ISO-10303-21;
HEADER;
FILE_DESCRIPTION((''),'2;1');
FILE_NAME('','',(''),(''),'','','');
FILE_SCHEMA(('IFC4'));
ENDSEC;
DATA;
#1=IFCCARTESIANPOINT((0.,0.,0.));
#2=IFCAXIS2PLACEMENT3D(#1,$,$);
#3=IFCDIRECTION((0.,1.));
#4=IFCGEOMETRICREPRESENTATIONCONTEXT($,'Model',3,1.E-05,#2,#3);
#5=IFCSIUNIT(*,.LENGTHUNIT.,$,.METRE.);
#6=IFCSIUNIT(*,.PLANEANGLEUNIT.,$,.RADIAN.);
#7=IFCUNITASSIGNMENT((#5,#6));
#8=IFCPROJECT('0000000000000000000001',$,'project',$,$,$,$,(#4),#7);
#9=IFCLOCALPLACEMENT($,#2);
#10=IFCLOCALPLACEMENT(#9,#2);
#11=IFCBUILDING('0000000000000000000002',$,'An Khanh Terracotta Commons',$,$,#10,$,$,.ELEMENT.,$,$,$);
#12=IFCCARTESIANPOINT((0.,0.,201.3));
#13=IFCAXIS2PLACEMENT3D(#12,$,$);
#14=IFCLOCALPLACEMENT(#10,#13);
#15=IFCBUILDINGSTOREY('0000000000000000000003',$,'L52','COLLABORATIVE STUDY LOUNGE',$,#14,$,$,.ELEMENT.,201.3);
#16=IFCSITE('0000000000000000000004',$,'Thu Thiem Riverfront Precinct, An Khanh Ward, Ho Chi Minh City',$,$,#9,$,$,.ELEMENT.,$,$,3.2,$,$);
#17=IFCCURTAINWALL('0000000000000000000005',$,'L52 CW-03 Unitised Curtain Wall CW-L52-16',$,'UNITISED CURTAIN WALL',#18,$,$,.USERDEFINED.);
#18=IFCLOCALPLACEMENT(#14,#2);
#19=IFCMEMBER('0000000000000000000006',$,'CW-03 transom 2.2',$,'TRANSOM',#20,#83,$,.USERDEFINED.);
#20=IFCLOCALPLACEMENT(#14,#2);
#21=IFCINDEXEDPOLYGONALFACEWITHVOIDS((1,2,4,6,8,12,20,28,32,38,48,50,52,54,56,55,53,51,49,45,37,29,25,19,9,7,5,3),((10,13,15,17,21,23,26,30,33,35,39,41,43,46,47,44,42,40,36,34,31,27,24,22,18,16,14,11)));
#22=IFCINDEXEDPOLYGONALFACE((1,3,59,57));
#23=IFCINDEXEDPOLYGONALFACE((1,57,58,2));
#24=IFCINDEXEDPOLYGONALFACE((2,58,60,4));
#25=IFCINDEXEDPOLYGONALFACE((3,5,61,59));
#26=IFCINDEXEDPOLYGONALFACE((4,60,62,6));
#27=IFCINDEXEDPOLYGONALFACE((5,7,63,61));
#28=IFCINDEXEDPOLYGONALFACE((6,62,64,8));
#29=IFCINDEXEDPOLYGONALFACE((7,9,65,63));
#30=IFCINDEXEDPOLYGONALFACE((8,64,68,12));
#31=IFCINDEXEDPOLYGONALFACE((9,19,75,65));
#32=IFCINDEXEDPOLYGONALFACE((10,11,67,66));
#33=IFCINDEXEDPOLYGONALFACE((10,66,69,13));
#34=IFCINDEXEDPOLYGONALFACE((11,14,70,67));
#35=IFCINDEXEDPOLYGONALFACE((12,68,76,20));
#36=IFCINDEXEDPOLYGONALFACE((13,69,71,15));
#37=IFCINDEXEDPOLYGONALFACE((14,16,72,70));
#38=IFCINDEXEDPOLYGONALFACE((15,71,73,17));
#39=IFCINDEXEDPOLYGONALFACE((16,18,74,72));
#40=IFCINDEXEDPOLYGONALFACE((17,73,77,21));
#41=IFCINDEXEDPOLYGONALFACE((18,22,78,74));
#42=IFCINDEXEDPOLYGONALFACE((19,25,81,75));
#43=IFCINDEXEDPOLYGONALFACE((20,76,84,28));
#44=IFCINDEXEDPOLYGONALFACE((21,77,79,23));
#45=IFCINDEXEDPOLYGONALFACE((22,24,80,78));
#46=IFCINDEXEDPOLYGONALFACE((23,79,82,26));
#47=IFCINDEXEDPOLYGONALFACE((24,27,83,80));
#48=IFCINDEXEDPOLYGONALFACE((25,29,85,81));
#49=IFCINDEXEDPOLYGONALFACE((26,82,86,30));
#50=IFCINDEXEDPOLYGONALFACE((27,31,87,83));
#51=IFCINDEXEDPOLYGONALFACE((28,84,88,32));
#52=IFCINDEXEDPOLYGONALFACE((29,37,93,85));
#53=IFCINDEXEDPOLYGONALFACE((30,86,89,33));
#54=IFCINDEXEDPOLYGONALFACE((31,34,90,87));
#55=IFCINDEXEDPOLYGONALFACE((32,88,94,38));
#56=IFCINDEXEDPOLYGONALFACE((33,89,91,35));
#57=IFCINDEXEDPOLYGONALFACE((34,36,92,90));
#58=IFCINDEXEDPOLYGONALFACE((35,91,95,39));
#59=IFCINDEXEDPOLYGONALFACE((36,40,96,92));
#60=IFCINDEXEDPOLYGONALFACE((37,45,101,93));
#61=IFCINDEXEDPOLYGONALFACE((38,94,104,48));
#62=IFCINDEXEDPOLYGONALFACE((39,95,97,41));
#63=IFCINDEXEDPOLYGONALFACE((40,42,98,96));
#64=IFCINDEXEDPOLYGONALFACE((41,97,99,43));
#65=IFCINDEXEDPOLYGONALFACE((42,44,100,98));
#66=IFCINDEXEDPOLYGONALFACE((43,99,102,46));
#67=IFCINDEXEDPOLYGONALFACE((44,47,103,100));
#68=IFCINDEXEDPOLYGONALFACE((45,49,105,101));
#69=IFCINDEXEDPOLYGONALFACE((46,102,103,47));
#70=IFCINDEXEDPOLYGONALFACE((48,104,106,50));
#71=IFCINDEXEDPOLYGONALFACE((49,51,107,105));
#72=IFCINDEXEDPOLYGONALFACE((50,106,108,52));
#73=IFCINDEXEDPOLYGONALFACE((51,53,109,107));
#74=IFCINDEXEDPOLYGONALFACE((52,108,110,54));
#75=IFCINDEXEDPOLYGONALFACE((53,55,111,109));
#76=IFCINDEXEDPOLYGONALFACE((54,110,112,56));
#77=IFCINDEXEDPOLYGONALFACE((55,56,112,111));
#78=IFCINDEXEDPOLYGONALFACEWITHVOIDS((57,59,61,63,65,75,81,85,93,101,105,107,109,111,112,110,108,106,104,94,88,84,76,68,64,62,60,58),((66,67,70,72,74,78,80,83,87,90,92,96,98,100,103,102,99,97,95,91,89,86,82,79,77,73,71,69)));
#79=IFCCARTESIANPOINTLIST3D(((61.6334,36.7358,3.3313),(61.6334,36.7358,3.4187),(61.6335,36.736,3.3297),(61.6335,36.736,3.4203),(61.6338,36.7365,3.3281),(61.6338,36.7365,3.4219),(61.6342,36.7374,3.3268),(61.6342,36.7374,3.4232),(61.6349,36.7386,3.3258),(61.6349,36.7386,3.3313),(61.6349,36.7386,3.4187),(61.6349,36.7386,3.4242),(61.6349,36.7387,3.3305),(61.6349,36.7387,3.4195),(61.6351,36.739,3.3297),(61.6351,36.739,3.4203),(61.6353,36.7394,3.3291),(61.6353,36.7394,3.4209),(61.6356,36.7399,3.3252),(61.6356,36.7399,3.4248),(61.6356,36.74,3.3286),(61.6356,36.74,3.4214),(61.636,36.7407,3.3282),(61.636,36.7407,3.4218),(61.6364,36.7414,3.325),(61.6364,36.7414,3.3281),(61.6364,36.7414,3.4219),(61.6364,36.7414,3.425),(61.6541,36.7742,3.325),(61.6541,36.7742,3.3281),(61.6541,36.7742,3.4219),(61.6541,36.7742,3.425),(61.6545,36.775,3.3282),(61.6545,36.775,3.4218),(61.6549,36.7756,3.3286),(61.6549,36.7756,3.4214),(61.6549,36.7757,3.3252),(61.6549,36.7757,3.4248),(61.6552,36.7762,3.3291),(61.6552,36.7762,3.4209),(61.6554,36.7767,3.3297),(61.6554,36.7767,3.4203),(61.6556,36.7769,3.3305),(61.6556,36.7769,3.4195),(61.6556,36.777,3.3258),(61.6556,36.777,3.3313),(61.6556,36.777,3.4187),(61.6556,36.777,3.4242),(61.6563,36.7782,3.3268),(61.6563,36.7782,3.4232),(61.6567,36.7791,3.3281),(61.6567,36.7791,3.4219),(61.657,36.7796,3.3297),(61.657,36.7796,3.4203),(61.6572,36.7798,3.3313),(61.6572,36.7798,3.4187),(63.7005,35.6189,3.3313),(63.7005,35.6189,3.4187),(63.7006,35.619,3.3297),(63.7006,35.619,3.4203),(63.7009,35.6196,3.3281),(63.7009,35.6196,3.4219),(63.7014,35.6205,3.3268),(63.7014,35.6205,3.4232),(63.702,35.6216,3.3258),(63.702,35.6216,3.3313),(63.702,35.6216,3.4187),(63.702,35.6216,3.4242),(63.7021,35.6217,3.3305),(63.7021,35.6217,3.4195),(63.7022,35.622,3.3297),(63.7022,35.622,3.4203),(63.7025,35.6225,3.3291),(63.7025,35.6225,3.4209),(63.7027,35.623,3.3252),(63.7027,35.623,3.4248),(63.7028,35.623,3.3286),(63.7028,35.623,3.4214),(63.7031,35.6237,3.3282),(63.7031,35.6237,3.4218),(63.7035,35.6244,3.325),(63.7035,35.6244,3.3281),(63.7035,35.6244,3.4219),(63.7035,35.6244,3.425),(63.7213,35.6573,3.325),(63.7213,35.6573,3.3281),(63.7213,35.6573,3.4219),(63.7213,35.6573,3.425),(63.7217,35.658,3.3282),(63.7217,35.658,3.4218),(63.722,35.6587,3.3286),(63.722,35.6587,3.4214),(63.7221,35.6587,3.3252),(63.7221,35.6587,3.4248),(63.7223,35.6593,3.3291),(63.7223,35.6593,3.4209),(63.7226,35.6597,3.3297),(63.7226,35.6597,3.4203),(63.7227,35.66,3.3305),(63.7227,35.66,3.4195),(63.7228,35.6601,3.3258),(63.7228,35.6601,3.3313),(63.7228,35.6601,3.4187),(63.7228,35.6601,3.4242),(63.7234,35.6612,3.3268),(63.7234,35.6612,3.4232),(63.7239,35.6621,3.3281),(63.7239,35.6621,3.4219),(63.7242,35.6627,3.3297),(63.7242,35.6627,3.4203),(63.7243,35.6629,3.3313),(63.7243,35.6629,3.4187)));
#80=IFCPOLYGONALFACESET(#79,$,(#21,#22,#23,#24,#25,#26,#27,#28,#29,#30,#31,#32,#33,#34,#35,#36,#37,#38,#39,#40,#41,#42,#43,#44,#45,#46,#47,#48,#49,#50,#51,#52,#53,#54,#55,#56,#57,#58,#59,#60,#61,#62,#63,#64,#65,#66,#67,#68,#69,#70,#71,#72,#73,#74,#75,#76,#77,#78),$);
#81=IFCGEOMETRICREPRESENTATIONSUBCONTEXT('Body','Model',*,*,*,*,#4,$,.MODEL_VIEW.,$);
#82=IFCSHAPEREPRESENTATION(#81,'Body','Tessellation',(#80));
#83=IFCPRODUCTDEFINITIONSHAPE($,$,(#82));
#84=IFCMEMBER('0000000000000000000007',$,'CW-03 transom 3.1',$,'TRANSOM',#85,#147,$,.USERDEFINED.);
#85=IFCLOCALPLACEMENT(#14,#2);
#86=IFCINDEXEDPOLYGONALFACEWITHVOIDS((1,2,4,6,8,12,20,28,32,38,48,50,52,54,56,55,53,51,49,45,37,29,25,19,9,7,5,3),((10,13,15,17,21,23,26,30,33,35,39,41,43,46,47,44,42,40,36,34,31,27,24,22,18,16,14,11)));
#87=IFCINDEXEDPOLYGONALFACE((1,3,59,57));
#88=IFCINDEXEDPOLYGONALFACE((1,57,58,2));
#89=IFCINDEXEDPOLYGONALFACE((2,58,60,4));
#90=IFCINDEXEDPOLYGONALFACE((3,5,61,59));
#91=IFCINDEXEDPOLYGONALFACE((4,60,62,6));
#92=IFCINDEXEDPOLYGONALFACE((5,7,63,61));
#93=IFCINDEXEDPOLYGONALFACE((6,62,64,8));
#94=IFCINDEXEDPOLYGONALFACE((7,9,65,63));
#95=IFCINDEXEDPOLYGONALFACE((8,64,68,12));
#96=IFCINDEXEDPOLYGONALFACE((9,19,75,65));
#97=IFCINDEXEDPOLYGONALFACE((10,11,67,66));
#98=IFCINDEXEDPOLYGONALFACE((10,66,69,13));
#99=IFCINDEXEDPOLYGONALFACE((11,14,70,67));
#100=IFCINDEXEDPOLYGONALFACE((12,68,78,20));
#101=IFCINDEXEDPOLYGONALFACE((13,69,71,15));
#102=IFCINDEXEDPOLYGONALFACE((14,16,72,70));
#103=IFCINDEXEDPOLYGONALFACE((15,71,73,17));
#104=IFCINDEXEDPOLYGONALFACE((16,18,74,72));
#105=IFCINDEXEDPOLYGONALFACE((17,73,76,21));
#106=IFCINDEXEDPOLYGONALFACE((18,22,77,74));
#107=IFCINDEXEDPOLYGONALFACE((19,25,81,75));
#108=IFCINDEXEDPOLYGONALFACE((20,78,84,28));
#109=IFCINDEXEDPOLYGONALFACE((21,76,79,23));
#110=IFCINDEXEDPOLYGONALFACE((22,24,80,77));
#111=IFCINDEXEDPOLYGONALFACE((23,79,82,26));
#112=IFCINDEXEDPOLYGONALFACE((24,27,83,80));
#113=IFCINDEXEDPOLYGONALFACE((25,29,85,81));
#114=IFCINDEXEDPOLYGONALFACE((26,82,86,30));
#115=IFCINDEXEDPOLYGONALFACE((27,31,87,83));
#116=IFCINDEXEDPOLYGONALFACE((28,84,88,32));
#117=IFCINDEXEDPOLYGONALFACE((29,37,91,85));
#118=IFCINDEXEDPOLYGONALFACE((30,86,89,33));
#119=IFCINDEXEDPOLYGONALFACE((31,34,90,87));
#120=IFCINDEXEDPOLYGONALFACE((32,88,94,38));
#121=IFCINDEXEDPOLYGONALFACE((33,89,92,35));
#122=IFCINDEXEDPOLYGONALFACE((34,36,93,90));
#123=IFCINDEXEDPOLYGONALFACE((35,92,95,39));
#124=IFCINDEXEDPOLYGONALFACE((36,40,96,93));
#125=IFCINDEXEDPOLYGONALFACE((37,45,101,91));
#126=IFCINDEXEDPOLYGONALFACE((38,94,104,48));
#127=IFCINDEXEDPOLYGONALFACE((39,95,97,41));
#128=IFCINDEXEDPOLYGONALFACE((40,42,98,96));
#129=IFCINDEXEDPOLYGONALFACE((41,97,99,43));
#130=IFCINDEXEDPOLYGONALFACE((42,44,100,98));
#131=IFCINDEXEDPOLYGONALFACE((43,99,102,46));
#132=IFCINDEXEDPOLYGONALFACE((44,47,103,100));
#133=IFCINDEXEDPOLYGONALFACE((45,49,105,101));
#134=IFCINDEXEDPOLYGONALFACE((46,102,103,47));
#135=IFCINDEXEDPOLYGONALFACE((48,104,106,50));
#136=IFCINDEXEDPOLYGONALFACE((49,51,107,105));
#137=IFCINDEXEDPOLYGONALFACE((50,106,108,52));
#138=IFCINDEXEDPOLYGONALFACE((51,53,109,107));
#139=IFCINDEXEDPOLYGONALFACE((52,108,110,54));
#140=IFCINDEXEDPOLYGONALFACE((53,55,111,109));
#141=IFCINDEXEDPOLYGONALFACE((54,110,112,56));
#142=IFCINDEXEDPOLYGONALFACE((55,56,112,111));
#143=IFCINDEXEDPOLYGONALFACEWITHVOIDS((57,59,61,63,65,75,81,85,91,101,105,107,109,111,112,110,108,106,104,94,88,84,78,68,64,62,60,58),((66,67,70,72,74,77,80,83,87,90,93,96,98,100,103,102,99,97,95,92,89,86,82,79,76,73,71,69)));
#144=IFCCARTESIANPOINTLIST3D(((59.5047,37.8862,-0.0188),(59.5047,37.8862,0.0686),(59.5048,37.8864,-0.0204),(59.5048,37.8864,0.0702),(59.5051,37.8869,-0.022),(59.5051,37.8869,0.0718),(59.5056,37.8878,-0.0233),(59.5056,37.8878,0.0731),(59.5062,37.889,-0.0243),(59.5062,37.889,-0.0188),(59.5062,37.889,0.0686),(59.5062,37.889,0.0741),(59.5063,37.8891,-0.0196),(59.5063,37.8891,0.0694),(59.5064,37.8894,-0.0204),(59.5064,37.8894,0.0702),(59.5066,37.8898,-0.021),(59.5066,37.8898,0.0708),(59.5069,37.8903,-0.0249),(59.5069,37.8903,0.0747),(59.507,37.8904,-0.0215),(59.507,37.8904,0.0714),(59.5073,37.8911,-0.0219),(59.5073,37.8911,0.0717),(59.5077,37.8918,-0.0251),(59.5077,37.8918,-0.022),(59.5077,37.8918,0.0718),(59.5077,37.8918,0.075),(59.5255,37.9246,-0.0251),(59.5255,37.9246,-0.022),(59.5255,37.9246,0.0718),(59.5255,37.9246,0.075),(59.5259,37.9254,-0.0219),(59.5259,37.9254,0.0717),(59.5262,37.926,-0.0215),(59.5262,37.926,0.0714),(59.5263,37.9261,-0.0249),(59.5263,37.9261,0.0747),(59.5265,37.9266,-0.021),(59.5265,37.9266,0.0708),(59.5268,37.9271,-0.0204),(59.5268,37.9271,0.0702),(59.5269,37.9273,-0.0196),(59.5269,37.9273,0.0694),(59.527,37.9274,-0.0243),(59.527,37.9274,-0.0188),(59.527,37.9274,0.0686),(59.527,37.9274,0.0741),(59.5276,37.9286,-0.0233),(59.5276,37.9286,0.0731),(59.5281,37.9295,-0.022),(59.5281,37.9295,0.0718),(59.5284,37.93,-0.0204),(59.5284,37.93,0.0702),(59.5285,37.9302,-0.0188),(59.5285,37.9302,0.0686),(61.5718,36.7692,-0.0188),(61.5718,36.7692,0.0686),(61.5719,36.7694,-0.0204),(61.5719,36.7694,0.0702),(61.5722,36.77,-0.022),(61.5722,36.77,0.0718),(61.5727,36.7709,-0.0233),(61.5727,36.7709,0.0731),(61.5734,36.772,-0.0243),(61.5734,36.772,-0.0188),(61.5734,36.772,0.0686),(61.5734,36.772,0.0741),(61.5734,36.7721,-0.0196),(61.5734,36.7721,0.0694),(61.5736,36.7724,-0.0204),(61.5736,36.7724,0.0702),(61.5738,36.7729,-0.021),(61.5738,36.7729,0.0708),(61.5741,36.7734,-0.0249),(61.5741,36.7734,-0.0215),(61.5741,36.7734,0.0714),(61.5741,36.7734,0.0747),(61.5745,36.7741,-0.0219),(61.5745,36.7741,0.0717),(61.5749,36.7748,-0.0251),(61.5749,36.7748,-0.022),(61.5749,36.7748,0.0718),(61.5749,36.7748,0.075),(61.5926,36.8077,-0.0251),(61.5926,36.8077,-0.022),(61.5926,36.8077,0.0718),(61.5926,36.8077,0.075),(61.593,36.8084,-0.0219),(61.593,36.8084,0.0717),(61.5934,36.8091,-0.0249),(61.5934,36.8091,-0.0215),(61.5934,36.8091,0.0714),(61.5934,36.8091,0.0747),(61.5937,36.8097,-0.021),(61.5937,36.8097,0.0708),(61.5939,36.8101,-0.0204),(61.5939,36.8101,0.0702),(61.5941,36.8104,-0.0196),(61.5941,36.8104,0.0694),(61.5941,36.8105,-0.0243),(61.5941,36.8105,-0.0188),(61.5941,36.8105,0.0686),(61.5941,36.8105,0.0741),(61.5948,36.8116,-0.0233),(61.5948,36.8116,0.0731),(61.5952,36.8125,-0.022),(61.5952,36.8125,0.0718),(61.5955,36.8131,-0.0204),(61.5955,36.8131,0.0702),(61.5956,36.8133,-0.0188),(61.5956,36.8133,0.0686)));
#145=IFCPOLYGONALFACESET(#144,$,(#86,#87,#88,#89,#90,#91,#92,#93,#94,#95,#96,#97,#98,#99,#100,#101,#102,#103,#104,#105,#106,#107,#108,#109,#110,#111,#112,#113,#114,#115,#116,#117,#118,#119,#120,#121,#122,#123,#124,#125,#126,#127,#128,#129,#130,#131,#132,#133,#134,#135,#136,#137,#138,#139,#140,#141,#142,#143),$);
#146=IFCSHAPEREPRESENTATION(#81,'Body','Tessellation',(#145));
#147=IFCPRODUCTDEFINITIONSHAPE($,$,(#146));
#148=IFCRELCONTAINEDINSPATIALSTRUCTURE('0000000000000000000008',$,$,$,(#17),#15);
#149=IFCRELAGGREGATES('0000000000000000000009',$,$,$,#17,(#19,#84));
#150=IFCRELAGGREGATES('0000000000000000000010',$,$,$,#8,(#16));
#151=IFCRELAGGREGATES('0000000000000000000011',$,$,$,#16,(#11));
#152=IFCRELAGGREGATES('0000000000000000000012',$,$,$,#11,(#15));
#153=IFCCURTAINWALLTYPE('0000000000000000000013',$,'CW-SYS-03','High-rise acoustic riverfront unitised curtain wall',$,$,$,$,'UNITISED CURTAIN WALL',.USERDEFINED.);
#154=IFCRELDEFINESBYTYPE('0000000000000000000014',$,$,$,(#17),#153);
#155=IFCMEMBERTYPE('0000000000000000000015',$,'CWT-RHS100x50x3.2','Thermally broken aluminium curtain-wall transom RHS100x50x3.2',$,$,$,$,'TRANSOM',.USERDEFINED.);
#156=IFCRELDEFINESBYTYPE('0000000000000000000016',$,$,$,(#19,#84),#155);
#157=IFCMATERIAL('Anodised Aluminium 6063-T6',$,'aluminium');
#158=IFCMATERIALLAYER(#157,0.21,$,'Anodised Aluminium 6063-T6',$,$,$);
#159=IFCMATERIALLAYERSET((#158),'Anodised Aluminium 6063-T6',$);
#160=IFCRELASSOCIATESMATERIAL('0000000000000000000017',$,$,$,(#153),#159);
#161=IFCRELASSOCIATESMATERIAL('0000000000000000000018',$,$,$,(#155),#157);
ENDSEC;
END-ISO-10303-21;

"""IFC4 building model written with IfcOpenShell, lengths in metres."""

from ifc_helpers import new_model, si_unit, direction, frame, origin, origin_2d, place, context, subcontext, project, spatial, hollow_rectangle, extrude, material, layer, layer_set, material_profile, profile_set, type_object, element, aggregate, save


model = new_model("IFC4")

# Units and contexts
model_context = context("Model", 3, precision=1e-05, world=origin(), true_north=direction((0.0, 1.0)))
body_context = subcontext(model_context, "Body", "Model", "MODEL_VIEW")
ifc_project = project(units=[si_unit("LENGTHUNIT", "METRE"), si_unit("PLANEANGLEUNIT", "RADIAN")], contexts=[model_context])

# Site, building, storey
site_placement = place(None, origin())
site = spatial("IfcSite", under=ifc_project, at=site_placement, Name="Thu Thiem Riverfront Precinct, An Khanh Ward, Ho Chi Minh City", CompositionType="ELEMENT", RefElevation=3.2)
building_placement = place(site_placement, origin())
building = spatial("IfcBuilding", under=site, at=building_placement, Name="An Khanh Terracotta Commons", CompositionType="ELEMENT")
storey_placement = place(building_placement, frame((0.0, 0.0, 201.3)))
storey = spatial("IfcBuildingStorey", under=building, at=storey_placement, Name="L52", Description="COLLABORATIVE STUDY LOUNGE", CompositionType="ELEMENT", Elevation=201.3)

# Curtain wall
ifc_material_1 = material(Name="Anodised Aluminium 6063-T6", Category="aluminium")
ifc_layer_1 = layer(ifc_material_1, 0.21, Name="Anodised Aluminium 6063-T6")
ifc_layer_set_1 = layer_set([ifc_layer_1], Name="Anodised Aluminium 6063-T6")
curtain_wall_type = type_object("IfcCurtainWallType", Name="CW-SYS-03", Description="High-rise acoustic riverfront unitised curtain wall", ElementType="UNITISED CURTAIN WALL", PredefinedType="USERDEFINED", material=ifc_layer_set_1)
curtain_wall_1_placement = place(storey_placement, origin())
curtain_wall_1 = element("IfcCurtainWall", 1, at=curtain_wall_1_placement, inside=storey, type_object=curtain_wall_type, Name="L52 CW-03 Unitised Curtain Wall CW-L52-16", ObjectType="UNITISED CURTAIN WALL", PredefinedType="USERDEFINED")

# Members
ifc_material_profile_1 = material_profile(ifc_material_1, hollow_rectangle(XDim=0.05, YDim=0.1001, WallThickness=0.0032, InnerFilletRadius=0.0032, OuterFilletRadius=0.0063, at=origin_2d()), Name="RHS100x50x3.2")
ifc_profile_set_1 = profile_set([ifc_material_profile_1], Name="Anodised Aluminium 6063-T6")
member_type_1 = type_object("IfcMemberType", Name="CWT-RHS100x50x3.2", Description="Thermally broken aluminium curtain-wall transom RHS100x50x3.2", ElementType="TRANSOM", PredefinedType="USERDEFINED", material=ifc_profile_set_1)
member_1_placement = place(storey_placement, frame((63.7124, 35.6409, 3.375), z_axis=(-0.879783, 0.475376, 0.0), x_axis=(-0.475376, -0.879783, 0.0)))
member_1 = element("IfcMember", 2, at=member_1_placement, type_object=member_type_1, Name="CW-03 transom 2.2", ObjectType="TRANSOM", PredefinedType="USERDEFINED", context=body_context, shape_type="SweptSolid", body=[
    extrude(hollow_rectangle(XDim=0.05, YDim=0.1001, WallThickness=0.0032, InnerFilletRadius=0.0032, OuterFilletRadius=0.0063, at=origin_2d()), origin(), (0.0, 0.0, 1.0), 2.3496),
])
member_2_placement = place(storey_placement, frame((61.5837, 36.7913, 0.0249), z_axis=(-0.879783, 0.475376, 0.0), x_axis=(-0.475376, -0.879783, 0.0)))
member_2 = element("IfcMember", 3, at=member_2_placement, type_object=member_type_1, Name="CW-03 transom 3.1", ObjectType="TRANSOM", PredefinedType="USERDEFINED", context=body_context, shape_type="SweptSolid", body=[
    extrude(hollow_rectangle(XDim=0.05, YDim=0.1001, WallThickness=0.0032, InnerFilletRadius=0.0032, OuterFilletRadius=0.0063, at=origin_2d()), origin(), (0.0, 0.0, 1.0), 2.3496),
])

aggregate(curtain_wall_1, [member_1, member_2])

save(model, "model.ifc")
